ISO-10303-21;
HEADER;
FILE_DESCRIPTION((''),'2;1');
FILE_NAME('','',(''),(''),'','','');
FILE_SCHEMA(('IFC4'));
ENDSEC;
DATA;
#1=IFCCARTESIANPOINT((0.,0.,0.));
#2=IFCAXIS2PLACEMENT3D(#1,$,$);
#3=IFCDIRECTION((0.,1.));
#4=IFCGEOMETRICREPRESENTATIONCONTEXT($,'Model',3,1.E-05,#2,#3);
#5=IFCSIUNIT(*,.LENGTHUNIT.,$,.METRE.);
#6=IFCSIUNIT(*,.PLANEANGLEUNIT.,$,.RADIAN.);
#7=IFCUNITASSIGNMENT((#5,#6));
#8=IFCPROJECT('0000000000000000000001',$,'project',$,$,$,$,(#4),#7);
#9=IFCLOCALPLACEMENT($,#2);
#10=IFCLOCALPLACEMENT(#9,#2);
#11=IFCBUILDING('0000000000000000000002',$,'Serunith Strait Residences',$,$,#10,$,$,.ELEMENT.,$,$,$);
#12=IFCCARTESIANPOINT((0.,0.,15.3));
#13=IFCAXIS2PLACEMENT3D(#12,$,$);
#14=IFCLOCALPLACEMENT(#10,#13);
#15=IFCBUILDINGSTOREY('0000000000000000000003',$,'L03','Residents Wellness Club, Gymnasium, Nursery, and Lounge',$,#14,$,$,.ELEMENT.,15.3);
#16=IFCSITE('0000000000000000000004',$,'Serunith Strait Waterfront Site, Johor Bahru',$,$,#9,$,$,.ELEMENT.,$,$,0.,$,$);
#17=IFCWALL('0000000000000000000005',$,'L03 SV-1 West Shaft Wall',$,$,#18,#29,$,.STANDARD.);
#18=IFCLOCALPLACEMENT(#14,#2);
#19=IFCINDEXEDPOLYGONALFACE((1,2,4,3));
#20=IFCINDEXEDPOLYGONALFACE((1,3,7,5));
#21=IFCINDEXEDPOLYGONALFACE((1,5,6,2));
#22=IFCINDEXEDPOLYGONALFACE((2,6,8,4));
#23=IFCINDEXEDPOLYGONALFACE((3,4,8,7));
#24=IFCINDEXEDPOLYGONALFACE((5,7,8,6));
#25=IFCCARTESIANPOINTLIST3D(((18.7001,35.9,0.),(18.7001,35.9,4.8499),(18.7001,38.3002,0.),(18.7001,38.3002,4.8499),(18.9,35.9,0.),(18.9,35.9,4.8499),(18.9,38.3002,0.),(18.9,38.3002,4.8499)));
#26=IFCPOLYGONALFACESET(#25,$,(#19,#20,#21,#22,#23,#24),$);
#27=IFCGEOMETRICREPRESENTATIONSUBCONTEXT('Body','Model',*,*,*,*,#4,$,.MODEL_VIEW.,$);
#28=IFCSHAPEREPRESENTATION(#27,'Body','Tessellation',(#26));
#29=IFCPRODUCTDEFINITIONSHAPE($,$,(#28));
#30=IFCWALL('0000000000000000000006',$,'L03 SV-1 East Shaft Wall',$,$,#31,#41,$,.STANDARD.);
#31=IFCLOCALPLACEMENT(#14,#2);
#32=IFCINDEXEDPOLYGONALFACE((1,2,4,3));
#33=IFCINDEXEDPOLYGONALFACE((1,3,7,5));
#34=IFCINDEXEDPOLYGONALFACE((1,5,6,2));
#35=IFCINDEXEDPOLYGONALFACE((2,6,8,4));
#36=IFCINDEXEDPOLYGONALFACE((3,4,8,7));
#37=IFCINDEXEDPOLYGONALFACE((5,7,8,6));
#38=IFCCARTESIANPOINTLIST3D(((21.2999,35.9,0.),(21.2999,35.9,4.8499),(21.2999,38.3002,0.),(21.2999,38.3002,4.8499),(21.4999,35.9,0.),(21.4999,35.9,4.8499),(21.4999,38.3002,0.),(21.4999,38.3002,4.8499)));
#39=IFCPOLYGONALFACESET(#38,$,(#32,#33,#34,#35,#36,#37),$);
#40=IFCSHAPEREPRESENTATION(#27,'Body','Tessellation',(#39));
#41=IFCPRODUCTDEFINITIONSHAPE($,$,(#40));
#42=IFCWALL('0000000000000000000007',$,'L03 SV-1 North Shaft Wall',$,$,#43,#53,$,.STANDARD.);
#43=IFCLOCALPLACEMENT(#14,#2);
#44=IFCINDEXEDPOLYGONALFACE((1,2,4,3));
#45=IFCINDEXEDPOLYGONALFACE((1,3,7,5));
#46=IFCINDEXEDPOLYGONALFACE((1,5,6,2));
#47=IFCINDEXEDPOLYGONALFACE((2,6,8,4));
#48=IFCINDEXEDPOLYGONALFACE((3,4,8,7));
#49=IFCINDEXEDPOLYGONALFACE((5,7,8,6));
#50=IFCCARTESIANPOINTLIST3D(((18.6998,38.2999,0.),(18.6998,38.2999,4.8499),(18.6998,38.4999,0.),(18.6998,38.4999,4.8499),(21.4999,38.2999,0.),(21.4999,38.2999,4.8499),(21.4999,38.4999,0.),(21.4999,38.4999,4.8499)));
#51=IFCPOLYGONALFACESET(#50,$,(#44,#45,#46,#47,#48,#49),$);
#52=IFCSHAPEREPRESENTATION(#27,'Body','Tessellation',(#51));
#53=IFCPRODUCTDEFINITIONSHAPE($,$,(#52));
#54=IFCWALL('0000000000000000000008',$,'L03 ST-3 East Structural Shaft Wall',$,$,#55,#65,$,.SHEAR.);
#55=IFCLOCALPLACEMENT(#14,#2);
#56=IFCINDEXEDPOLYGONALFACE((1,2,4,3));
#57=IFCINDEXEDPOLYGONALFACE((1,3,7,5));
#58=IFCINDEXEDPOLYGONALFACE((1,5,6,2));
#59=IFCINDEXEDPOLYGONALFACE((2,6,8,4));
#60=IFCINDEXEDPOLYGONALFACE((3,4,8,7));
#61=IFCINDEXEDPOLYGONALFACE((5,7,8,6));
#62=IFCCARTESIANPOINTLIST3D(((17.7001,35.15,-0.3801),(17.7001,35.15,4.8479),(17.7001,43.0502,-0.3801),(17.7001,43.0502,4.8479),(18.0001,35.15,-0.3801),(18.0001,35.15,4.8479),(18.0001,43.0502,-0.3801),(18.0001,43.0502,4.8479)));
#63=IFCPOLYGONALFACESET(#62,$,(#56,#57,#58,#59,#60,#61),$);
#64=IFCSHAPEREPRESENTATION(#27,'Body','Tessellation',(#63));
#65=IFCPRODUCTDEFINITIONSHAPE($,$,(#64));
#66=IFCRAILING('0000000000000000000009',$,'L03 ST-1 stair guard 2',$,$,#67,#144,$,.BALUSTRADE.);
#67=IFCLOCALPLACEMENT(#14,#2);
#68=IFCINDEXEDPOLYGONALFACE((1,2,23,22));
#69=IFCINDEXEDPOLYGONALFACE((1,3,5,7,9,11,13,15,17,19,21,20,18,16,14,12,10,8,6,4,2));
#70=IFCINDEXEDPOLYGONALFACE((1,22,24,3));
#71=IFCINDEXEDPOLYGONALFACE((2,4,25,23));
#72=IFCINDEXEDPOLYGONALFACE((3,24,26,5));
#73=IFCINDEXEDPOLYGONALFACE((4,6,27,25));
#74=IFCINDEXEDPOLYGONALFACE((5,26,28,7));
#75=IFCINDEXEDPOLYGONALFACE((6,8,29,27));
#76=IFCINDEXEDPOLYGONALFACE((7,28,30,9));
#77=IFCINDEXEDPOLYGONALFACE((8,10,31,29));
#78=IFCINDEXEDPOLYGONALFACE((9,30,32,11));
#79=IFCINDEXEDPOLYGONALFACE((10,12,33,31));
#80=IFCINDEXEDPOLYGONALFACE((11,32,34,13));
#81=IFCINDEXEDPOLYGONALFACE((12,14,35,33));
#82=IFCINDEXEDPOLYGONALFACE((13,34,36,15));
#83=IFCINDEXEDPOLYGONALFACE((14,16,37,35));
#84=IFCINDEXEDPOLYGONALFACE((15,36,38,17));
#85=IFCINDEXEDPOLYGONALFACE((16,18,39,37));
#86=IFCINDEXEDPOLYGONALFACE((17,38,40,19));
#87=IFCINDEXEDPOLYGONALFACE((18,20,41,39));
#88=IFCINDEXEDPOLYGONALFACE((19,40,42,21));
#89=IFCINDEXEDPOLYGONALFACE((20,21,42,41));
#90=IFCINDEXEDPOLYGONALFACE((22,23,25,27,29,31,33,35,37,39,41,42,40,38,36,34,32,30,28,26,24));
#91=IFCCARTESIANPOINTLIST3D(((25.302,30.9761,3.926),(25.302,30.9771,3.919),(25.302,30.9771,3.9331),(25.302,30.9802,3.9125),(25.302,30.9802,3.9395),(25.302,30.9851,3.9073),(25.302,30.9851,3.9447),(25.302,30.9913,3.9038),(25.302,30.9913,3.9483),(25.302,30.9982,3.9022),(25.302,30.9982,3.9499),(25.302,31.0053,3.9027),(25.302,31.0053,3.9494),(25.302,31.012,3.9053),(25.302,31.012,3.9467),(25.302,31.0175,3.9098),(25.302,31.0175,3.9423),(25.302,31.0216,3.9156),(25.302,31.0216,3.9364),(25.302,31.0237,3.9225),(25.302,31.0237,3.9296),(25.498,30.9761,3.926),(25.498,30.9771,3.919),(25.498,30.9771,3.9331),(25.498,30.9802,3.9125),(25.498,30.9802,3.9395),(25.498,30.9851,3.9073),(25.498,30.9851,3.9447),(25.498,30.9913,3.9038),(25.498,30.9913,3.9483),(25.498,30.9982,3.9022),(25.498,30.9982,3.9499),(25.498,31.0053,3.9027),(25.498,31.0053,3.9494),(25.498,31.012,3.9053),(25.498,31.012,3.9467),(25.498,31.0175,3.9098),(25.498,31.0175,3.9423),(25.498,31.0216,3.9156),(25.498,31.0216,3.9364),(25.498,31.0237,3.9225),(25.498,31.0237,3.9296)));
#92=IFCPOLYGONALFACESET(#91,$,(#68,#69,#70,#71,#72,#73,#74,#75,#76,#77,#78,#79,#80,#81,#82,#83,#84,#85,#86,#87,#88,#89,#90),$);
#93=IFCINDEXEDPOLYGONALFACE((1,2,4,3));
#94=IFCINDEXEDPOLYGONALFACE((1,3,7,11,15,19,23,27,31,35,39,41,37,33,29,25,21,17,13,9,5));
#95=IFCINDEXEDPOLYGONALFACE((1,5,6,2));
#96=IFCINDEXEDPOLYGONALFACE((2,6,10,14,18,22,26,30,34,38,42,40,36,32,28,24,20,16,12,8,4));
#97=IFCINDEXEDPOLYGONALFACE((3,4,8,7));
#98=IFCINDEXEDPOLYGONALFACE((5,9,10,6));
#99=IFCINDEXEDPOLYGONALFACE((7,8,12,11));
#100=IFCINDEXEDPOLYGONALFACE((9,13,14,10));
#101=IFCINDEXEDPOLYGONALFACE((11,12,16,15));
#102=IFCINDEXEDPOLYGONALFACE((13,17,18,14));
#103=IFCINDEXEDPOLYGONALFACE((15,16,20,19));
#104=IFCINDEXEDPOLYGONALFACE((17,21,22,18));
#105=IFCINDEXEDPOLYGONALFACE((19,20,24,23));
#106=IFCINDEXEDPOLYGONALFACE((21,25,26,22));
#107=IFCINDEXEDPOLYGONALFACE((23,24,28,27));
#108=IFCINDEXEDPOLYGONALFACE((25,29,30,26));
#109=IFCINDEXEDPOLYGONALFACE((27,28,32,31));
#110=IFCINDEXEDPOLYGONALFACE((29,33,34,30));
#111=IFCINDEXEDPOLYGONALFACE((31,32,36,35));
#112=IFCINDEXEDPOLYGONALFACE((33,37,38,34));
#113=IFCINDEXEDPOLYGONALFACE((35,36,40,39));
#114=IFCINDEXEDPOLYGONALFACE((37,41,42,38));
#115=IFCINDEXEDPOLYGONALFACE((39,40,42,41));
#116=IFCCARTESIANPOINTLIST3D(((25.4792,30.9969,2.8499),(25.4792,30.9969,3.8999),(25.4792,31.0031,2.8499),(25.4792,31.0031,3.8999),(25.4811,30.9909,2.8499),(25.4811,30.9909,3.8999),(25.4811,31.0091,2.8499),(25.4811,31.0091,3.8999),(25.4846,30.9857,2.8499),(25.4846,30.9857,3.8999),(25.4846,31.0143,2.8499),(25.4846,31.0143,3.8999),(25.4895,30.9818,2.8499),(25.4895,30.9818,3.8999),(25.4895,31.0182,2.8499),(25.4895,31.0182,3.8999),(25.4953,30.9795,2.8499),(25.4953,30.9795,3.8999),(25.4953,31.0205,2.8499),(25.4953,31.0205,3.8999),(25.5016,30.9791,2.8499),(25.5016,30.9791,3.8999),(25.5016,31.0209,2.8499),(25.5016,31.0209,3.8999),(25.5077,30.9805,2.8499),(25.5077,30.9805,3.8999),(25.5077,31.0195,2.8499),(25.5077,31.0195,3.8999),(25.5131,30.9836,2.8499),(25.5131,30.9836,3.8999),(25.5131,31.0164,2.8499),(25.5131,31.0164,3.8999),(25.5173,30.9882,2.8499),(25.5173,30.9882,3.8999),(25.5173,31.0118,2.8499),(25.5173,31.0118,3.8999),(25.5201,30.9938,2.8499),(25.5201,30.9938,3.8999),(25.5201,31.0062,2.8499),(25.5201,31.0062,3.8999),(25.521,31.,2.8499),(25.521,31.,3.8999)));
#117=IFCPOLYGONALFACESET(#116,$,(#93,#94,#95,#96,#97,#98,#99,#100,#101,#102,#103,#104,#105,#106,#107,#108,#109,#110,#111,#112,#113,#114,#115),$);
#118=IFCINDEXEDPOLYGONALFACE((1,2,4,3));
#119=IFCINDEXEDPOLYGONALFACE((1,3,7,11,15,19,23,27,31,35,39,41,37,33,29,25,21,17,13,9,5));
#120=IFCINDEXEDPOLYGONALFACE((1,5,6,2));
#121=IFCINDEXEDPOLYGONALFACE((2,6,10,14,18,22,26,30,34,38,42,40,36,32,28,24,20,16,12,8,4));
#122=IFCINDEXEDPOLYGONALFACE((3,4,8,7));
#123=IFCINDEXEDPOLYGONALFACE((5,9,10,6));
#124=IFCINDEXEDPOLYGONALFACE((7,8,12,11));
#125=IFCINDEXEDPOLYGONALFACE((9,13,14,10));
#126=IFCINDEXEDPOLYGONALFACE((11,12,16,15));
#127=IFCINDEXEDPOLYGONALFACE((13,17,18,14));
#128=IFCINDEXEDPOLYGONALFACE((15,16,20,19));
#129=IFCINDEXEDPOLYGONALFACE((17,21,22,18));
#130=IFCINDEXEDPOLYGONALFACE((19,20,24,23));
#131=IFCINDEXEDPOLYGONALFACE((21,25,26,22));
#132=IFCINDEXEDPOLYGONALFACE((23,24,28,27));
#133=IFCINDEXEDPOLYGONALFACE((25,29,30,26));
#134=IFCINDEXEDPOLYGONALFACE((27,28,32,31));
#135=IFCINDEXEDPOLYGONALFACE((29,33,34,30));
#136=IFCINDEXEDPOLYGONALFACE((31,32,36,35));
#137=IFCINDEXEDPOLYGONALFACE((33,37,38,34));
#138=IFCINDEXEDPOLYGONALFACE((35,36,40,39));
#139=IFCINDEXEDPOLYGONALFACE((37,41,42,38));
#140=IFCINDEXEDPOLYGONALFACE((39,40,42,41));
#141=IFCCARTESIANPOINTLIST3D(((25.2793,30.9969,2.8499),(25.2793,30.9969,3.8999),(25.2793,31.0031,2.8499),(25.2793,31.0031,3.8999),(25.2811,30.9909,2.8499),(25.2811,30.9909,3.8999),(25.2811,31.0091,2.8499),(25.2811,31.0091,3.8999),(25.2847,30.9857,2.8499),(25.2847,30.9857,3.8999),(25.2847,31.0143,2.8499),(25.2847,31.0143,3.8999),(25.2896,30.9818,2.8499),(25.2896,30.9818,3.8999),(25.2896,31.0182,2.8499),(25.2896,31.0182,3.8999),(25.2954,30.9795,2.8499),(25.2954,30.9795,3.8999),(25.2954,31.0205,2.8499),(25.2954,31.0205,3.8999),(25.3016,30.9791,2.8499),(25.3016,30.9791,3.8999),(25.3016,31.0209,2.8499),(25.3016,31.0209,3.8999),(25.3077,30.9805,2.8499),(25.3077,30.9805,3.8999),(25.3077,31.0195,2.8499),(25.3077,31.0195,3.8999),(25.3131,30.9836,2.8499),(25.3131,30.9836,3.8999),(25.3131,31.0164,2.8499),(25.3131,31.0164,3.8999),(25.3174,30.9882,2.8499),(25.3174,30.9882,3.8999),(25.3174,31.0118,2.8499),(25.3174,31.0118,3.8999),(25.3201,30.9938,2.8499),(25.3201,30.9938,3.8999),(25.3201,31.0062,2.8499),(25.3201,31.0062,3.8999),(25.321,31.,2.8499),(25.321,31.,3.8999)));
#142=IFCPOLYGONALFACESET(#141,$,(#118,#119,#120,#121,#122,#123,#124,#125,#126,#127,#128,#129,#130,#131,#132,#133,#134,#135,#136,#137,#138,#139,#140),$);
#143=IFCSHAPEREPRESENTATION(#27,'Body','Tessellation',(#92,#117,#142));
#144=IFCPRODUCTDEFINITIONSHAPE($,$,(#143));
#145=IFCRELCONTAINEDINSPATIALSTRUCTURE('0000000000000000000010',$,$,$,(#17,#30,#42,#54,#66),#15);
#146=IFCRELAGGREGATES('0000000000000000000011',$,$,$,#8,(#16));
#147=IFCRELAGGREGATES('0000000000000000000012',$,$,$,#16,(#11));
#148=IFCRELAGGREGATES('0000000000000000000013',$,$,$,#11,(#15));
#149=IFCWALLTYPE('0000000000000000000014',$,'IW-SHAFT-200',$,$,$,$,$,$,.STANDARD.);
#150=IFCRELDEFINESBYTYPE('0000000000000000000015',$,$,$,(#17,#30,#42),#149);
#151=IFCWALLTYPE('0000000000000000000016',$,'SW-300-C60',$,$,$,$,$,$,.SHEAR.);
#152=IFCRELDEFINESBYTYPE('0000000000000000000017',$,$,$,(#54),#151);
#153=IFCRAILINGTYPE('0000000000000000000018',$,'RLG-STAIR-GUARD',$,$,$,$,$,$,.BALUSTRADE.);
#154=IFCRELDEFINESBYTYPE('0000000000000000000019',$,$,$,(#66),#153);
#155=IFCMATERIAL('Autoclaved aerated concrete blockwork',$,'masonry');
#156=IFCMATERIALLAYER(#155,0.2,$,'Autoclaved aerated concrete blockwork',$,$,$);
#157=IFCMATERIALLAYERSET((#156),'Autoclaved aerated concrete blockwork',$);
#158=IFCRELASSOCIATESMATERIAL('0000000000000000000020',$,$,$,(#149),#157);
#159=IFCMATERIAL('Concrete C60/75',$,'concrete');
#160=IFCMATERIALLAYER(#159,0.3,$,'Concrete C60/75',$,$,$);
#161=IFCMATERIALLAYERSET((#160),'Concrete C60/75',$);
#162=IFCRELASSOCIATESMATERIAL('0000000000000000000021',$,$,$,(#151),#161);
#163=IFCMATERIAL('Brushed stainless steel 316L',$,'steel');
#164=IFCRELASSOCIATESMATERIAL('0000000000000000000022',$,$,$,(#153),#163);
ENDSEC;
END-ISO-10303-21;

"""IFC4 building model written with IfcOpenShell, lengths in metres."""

from ifc_helpers import new_model, si_unit, direction, frame, frame_2d, origin, origin_2d, place, context, subcontext, project, spatial, rectangle, circle, extrude, material, layer, layer_set, type_object, element, save


model = new_model("IFC4")

# Units and contexts
model_context = context("Model", 3, precision=1e-05, world=origin(), true_north=direction((0.0, 1.0)))
body_context = subcontext(model_context, "Body", "Model", "MODEL_VIEW")
ifc_project = project(units=[si_unit("LENGTHUNIT", "METRE"), si_unit("PLANEANGLEUNIT", "RADIAN")], contexts=[model_context])

# Site, building, storey
site_placement = place(None, origin())
site = spatial("IfcSite", under=ifc_project, at=site_placement, Name="Serunith Strait Waterfront Site, Johor Bahru", CompositionType="ELEMENT", RefElevation=0.0)
building_placement = place(site_placement, origin())
building = spatial("IfcBuilding", under=site, at=building_placement, Name="Serunith Strait Residences", CompositionType="ELEMENT")
storey_placement = place(building_placement, frame((0.0, 0.0, 15.3)))
storey = spatial("IfcBuildingStorey", under=building, at=storey_placement, Name="L03", Description="Residents Wellness Club, Gymnasium, Nursery, and Lounge", CompositionType="ELEMENT", Elevation=15.3)

# Shared definitions
ifc_material_1 = material(Name="Concrete C60/75", Category="concrete")

# Shared definitions
ifc_material_2 = material(Name="Autoclaved aerated concrete blockwork", Category="masonry")
ifc_layer_1 = layer(ifc_material_2, 0.2, Name="Autoclaved aerated concrete blockwork")
ifc_layer_set_1 = layer_set([ifc_layer_1], Name="Autoclaved aerated concrete blockwork")
wall_type_1 = type_object("IfcWallType", Name="IW-SHAFT-200", PredefinedType="STANDARD", material=ifc_layer_set_1)

# Walls
for number, where, z_axis, x_axis, name in (
    (1, (18.8, 35.8999, 0.0), (0.0, 0.0, 1.0), (0.0, 1.0, 0.0), "L03 SV-1 West Shaft Wall"),
    (2, (21.3999, 35.8999, 0.0), (0.0, 0.0, 1.0), (0.0, 1.0, 0.0), "L03 SV-1 East Shaft Wall"),
):
    element("IfcWall", number, at=place(storey_placement, frame(where, z_axis=z_axis, x_axis=x_axis)), inside=storey, type_object=wall_type_1, Name=name, PredefinedType="STANDARD", context=body_context, shape_type="SweptSolid", body=[
        extrude(rectangle(XDim=2.4001, YDim=0.2, at=frame_2d((1.2002, 0.0))), origin(), (0.0, 0.0, 1.0), 4.8499),
    ])
wall_1_placement = place(storey_placement, frame((18.7, 38.3999, 0.0), z_axis=(0.0, 0.0, 1.0), x_axis=(1.0, 0.0, 0.0)))
element("IfcWall", 3, at=wall_1_placement, inside=storey, type_object=wall_type_1, Name="L03 SV-1 North Shaft Wall", PredefinedType="STANDARD", context=body_context, shape_type="SweptSolid", body=[
    extrude(rectangle(XDim=2.8, YDim=0.2, at=frame_2d((1.3999, 0.0))), origin(), (0.0, 0.0, 1.0), 4.8499),
])
ifc_layer_2 = layer(ifc_material_1, 0.3, Name="Concrete C60/75")
ifc_layer_set_2 = layer_set([ifc_layer_2], Name="Concrete C60/75")
wall_type_2 = type_object("IfcWallType", Name="SW-300-C60", PredefinedType="SHEAR", material=ifc_layer_set_2)
wall_2_placement = place(storey_placement, frame((17.8501, 35.1499, -0.3801), z_axis=(0.0, 0.0, 1.0), x_axis=(0.0, 1.0, 0.0)))
element("IfcWall", 4, at=wall_2_placement, inside=storey, type_object=wall_type_2, Name="L03 ST-3 East Structural Shaft Wall", PredefinedType="SHEAR", context=body_context, shape_type="SweptSolid", body=[
    extrude(rectangle(XDim=7.9001, YDim=0.3, at=frame_2d((3.9502, 0.0))), origin(), (0.0, 0.0, 1.0), 5.228),
])

# Railing
ifc_material_3 = material(Name="Brushed stainless steel 316L", Category="steel")
railing_type_1 = type_object("IfcRailingType", Name="RLG-STAIR-GUARD", PredefinedType="BALUSTRADE", material=ifc_material_3)
railing_1_placement = place(storey_placement, frame((25.5, 31.0, 2.8499)))
element("IfcRailing", 5, at=railing_1_placement, inside=storey, type_object=railing_type_1, Name="L03 ST-1 stair guard 2", PredefinedType="BALUSTRADE", context=body_context, shape_type="SweptSolid", body=[
    extrude(circle(Radius=0.0239, at=origin_2d()), frame((-0.002, 0.0, 1.0762), z_axis=(-1.0, 0.0, 0.0), x_axis=(0.0, -1.0, 0.0)), (0.0, 0.0, 1.0), 0.196),
    extrude(circle(Radius=0.021, at=origin_2d()), origin(), (0.0, 0.0, 1.0), 1.05),
    extrude(circle(Radius=0.021, at=origin_2d()), frame((-0.2, 0.0, 0.0)), (0.0, 0.0, 1.0), 1.05),
])

save(model, "model.ifc")
